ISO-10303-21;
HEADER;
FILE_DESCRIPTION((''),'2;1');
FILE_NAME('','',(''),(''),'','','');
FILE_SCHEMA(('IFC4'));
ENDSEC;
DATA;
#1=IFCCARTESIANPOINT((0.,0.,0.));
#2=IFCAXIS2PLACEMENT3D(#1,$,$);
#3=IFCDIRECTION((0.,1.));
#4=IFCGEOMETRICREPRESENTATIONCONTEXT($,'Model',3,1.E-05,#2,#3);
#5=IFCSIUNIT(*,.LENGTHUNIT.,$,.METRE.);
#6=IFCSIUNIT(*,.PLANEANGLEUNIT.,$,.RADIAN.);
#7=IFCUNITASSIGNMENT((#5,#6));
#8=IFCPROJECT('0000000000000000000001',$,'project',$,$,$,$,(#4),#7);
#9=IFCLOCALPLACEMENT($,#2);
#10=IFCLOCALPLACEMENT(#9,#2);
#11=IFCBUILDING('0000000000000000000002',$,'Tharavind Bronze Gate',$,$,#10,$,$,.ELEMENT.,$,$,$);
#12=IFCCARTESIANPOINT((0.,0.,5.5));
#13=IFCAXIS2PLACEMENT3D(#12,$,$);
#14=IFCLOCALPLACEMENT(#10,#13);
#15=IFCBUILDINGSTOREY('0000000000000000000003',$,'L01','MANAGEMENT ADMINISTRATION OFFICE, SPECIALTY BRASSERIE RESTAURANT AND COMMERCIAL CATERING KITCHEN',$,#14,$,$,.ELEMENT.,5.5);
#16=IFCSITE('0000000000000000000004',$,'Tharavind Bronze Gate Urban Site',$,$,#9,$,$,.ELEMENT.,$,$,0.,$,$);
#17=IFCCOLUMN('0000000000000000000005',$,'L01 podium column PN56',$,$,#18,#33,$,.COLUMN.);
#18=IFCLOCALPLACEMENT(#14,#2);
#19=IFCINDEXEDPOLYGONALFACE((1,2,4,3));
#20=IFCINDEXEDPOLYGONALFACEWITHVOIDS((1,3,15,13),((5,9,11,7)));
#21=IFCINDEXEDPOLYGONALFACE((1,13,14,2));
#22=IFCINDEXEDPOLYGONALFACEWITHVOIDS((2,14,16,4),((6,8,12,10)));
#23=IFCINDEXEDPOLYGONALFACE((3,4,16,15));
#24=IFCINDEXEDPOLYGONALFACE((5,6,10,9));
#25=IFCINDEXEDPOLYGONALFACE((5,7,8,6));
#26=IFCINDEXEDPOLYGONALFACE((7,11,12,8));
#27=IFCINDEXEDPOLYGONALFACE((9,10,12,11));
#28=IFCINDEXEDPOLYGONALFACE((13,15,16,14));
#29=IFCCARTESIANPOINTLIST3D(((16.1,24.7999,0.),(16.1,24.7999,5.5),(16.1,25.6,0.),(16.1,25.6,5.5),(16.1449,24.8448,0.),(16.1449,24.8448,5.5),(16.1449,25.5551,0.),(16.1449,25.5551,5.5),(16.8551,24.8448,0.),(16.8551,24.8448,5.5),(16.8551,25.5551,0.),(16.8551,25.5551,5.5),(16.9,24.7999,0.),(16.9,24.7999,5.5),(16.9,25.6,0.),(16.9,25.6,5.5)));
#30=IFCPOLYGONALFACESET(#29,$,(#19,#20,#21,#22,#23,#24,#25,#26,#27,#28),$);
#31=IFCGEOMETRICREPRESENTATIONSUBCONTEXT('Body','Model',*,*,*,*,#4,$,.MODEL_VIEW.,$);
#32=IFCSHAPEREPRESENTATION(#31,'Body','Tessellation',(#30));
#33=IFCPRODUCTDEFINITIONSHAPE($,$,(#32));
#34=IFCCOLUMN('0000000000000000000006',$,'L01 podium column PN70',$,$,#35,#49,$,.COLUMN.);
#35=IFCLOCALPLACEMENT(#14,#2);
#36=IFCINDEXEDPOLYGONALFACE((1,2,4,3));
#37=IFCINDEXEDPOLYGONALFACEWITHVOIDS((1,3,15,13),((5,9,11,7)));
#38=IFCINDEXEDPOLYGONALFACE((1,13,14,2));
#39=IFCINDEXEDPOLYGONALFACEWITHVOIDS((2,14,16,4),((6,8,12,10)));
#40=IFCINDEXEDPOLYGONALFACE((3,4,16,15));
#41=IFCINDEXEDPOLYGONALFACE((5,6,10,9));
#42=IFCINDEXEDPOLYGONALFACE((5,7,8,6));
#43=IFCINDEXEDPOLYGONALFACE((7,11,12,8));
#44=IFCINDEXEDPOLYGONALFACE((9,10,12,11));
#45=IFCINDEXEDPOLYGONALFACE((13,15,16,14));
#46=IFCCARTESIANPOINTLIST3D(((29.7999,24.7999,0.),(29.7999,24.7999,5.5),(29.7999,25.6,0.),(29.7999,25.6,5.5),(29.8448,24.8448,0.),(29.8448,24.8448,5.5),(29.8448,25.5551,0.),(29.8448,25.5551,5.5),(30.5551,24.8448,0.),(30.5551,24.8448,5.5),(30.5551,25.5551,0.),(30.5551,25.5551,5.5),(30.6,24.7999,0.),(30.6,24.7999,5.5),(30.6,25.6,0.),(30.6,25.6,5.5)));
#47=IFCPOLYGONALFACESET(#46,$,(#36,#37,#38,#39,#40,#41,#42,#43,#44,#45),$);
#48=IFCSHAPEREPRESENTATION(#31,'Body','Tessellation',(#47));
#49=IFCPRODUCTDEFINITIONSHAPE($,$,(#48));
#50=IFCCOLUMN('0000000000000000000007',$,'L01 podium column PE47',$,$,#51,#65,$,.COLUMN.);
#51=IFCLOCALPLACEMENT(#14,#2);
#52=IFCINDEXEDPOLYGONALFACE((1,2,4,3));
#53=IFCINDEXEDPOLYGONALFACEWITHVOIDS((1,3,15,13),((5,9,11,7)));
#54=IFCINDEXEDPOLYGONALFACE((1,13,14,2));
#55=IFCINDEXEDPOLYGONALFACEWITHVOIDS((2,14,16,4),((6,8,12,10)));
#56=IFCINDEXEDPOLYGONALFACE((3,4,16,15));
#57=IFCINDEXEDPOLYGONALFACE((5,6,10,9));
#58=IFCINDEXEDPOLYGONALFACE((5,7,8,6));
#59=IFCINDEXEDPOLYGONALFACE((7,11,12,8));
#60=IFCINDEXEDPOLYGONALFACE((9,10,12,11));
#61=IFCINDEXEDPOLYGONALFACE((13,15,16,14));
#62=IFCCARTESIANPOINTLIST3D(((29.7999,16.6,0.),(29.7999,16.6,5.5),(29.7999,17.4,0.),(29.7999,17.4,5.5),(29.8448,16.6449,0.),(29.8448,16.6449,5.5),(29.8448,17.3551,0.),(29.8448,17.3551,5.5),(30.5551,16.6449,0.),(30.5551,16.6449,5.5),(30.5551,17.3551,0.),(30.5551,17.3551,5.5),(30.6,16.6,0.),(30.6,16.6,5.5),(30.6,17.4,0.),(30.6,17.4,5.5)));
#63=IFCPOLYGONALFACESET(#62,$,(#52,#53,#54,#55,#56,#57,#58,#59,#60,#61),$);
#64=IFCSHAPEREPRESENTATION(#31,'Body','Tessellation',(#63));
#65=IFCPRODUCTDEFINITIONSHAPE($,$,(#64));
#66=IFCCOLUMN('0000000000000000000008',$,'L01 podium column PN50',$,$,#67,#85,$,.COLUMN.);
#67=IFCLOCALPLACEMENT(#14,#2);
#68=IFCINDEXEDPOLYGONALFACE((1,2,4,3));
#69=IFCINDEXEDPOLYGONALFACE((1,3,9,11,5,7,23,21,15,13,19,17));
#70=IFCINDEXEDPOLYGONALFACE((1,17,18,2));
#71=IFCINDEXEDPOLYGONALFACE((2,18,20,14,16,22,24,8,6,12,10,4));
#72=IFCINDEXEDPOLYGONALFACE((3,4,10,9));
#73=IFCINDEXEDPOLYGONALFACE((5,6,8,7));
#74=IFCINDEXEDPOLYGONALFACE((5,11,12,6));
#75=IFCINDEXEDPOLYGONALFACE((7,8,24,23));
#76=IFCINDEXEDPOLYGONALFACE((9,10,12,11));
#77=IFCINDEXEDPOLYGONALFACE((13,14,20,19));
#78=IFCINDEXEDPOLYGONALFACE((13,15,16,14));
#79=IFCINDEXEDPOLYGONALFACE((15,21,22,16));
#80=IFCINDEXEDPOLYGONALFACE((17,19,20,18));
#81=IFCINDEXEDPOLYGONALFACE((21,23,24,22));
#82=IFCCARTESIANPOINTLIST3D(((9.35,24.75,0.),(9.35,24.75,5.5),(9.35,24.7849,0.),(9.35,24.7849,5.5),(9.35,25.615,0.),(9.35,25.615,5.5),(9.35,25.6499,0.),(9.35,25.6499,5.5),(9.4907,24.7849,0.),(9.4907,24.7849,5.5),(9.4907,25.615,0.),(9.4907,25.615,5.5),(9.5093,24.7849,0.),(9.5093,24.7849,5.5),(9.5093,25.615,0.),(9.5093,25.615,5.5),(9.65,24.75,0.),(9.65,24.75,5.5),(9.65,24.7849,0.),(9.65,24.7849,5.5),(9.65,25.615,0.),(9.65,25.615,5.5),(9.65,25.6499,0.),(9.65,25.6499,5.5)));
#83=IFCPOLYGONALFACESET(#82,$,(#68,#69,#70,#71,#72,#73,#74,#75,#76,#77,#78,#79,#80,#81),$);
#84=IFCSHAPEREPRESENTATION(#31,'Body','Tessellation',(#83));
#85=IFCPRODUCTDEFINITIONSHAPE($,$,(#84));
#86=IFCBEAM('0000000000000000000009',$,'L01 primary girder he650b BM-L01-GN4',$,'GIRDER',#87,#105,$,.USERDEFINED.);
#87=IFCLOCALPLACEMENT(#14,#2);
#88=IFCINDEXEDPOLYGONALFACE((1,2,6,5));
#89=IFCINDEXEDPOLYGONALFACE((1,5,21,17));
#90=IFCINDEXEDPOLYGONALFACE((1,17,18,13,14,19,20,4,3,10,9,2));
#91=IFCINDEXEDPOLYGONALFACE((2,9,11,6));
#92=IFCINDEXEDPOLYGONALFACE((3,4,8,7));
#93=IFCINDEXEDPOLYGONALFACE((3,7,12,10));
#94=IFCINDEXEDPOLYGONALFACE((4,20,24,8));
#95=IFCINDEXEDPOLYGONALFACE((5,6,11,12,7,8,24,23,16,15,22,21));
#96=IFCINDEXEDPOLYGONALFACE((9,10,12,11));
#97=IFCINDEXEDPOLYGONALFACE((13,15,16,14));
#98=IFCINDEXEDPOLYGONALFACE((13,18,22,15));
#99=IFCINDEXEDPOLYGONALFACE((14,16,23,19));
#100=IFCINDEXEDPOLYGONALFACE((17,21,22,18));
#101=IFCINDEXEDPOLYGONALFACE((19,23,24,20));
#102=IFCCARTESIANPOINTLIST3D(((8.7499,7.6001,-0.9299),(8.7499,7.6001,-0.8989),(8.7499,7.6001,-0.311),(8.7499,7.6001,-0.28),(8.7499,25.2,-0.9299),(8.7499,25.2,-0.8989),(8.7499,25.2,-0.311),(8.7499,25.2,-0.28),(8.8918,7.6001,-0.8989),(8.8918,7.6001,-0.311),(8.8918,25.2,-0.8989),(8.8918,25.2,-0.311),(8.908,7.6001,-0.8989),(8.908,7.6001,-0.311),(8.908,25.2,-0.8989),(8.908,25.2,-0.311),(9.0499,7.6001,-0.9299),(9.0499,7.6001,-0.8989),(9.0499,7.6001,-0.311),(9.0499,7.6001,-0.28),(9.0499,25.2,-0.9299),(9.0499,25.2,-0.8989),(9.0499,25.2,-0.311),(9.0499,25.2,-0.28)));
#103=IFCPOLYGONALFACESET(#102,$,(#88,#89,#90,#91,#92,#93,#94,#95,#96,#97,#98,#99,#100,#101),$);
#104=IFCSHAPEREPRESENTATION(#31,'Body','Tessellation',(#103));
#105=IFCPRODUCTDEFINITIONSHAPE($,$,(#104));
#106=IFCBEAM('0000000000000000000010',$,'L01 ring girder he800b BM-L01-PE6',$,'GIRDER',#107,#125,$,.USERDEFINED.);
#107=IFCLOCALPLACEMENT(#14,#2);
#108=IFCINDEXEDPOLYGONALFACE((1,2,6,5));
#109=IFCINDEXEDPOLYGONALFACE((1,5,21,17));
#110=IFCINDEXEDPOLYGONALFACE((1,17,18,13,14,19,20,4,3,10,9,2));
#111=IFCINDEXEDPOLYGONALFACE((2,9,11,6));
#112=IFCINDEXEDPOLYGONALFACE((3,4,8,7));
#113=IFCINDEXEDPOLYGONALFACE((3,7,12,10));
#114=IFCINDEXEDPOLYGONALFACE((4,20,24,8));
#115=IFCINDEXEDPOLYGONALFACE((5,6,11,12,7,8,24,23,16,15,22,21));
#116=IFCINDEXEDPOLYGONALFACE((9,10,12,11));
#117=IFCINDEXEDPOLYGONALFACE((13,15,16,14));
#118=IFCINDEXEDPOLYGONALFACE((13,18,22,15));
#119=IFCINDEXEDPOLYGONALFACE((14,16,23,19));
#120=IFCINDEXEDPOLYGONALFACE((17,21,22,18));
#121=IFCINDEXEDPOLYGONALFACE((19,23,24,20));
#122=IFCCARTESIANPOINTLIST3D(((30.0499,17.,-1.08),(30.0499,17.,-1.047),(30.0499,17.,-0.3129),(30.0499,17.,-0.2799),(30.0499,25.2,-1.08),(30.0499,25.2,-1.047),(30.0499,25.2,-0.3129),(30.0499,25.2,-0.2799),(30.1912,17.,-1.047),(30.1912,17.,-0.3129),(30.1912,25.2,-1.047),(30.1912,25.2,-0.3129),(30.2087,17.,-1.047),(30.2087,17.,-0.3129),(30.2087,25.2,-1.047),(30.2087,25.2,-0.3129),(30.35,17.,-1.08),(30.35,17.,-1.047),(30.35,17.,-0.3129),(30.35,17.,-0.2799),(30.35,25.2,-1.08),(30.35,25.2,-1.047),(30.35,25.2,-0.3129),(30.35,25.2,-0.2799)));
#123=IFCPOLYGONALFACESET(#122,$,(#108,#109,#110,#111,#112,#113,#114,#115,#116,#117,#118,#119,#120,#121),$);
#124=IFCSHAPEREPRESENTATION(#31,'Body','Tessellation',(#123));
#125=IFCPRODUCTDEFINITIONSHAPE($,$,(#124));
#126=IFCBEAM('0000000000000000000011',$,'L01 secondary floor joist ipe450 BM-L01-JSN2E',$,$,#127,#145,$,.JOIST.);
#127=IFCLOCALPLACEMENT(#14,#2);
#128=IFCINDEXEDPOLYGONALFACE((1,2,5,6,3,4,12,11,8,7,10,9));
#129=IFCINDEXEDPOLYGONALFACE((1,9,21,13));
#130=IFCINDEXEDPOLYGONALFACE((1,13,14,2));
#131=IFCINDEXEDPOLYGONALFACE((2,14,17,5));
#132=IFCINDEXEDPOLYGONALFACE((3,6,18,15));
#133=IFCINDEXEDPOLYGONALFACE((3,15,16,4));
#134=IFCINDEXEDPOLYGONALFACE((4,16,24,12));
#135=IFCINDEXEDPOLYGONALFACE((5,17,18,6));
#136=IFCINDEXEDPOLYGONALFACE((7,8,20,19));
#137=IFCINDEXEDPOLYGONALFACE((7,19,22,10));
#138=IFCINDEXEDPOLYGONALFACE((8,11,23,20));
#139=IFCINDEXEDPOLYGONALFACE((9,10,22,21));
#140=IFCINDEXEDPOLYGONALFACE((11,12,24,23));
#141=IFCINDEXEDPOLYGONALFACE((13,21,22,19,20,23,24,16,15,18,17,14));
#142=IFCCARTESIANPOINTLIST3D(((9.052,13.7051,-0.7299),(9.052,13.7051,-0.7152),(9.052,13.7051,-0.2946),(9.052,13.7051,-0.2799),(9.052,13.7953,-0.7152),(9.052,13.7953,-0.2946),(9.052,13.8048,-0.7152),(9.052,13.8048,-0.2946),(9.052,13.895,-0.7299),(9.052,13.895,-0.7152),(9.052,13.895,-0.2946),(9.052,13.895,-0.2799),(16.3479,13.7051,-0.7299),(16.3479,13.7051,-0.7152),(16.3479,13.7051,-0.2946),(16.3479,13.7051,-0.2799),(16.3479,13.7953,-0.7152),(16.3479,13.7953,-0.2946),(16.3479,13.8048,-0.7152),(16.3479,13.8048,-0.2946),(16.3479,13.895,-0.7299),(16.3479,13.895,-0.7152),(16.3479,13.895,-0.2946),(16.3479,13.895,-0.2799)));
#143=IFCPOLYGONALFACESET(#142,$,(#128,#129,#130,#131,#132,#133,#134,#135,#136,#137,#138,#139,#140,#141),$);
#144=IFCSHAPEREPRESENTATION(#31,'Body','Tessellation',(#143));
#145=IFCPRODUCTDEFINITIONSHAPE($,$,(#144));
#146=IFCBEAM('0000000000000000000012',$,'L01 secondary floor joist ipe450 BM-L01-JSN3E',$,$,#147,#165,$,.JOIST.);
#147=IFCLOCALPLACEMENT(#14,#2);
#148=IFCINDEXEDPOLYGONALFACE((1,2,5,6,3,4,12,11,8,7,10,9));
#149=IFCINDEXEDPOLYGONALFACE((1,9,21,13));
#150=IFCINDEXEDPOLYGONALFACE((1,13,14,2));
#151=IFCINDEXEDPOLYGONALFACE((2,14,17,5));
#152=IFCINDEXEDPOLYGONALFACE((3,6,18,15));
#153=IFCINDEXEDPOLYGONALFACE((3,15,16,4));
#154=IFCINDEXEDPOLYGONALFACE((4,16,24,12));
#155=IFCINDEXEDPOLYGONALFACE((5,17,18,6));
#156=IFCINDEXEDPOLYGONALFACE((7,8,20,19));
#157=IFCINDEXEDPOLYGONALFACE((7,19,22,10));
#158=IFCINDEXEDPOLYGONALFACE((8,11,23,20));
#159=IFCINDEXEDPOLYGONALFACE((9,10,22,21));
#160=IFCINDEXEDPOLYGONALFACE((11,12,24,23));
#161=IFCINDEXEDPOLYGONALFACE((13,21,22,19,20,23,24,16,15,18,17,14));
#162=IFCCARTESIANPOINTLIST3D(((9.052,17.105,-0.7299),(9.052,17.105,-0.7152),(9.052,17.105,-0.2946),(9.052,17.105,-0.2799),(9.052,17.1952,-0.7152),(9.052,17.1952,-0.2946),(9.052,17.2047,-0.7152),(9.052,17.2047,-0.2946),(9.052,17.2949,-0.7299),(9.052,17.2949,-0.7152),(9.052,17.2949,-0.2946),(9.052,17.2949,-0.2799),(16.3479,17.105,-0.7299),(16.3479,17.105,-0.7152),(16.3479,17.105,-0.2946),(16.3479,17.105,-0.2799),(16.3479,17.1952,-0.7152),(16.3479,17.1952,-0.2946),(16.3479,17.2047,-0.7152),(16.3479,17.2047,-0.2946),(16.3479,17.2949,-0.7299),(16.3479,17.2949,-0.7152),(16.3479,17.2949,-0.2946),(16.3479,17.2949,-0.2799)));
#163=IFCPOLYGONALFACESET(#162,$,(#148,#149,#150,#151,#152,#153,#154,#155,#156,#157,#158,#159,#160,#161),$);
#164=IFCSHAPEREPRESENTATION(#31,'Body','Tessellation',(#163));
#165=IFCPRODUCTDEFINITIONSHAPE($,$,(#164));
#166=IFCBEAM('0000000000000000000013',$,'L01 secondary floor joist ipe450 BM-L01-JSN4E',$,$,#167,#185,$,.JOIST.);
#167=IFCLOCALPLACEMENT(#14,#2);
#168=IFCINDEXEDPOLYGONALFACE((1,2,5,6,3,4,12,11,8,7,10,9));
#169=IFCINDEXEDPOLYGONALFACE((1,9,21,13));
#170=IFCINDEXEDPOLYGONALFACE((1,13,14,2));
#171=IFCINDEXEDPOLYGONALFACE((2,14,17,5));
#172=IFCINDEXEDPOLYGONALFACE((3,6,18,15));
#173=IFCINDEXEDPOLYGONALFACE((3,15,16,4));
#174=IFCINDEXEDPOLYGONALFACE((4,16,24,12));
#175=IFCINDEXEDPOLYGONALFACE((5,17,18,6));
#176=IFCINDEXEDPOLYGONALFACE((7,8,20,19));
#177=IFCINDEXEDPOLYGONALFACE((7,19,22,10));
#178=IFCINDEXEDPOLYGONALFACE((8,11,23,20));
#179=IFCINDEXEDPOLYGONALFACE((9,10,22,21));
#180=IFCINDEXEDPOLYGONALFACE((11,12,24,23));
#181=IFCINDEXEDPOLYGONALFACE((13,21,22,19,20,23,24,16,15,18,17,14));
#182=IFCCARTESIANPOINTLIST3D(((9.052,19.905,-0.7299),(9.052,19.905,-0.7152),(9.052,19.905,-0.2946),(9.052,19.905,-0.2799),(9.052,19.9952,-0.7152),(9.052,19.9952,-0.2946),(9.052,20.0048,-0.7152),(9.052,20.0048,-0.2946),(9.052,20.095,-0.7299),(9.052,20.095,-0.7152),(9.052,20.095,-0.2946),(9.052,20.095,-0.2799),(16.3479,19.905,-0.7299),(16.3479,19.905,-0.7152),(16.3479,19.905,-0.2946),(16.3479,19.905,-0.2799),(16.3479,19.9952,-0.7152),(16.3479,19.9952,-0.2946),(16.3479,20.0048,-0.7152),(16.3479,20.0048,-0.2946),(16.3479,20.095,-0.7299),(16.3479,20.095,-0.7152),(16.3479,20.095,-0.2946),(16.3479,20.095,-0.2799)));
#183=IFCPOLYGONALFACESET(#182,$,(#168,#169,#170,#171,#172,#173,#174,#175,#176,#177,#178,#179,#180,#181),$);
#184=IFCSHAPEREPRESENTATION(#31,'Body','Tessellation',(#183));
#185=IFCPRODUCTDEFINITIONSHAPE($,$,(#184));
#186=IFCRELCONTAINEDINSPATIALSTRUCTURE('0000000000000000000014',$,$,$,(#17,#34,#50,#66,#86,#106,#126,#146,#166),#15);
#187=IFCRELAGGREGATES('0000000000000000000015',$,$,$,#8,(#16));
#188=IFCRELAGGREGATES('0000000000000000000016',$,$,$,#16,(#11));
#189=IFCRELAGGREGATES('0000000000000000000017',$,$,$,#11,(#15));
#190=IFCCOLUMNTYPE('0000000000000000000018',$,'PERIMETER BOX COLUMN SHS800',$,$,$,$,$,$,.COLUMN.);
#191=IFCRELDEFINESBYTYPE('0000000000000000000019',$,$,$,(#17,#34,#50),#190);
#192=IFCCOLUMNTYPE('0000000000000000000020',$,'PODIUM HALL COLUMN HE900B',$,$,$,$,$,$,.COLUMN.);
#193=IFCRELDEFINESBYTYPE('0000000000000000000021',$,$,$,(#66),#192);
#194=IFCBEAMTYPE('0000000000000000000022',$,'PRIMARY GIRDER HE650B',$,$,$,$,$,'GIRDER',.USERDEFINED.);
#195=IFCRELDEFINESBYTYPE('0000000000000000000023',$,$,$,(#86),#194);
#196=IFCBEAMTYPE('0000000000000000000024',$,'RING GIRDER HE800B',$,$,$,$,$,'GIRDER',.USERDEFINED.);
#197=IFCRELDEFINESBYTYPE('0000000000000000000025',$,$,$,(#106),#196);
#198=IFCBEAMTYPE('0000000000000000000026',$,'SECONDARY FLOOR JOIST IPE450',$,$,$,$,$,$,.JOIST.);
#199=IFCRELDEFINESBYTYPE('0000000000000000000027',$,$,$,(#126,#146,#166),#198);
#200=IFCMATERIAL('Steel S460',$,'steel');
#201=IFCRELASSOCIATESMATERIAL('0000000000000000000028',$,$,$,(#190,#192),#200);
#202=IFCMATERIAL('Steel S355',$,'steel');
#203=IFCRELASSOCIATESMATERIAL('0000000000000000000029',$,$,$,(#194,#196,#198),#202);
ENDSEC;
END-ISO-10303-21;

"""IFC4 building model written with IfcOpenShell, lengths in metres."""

from ifc_helpers import new_model, si_unit, direction, frame, origin, origin_2d, place, context, subcontext, project, spatial, hollow_rectangle, i_section, extrude, material, material_profile, profile_set, type_object, element, save


model = new_model("IFC4")

# Units and contexts
model_context = context("Model", 3, precision=1e-05, world=origin(), true_north=direction((0.0, 1.0)))
body_context = subcontext(model_context, "Body", "Model", "MODEL_VIEW")
ifc_project = project(units=[si_unit("LENGTHUNIT", "METRE"), si_unit("PLANEANGLEUNIT", "RADIAN")], contexts=[model_context])

# Site, building, storey
site_placement = place(None, origin())
site = spatial("IfcSite", under=ifc_project, at=site_placement, Name="Tharavind Bronze Gate Urban Site", CompositionType="ELEMENT", RefElevation=0.0)
building_placement = place(site_placement, origin())
building = spatial("IfcBuilding", under=site, at=building_placement, Name="Tharavind Bronze Gate", CompositionType="ELEMENT")
storey_placement = place(building_placement, frame((0.0, 0.0, 5.5)))
storey = spatial("IfcBuildingStorey", under=building, at=storey_placement, Name="L01", Description="MANAGEMENT ADMINISTRATION OFFICE, SPECIALTY BRASSERIE RESTAURANT AND COMMERCIAL CATERING KITCHEN", CompositionType="ELEMENT", Elevation=5.5)

# Columns
ifc_material_1 = material(Name="Steel S460", Category="steel")
ifc_material_profile_1 = material_profile(ifc_material_1, hollow_rectangle(XDim=0.8, YDim=0.8, WallThickness=0.0449, at=origin_2d()), Name="SHS800X45")
ifc_profile_set_1 = profile_set([ifc_material_profile_1], Name="Steel S460")
column_type_1 = type_object("IfcColumnType", Name="PERIMETER BOX COLUMN SHS800", PredefinedType="COLUMN", material=ifc_profile_set_1)
for number, where, z_axis, x_axis, name in (
    (1, (16.5, 25.2, 0.0), (0.0, 0.0, 1.0), (1.0, 0.0, 0.0), "L01 podium column PN56"),
    (2, (30.2, 25.2, 0.0), (0.0, 0.0, 1.0), (1.0, 0.0, 0.0), "L01 podium column PN70"),
    (3, (30.2, 17.0, 0.0), (0.0, 0.0, 1.0), (1.0, 0.0, 0.0), "L01 podium column PE47"),
):
    element("IfcColumn", number, at=place(storey_placement, frame(where, z_axis=z_axis, x_axis=x_axis)), inside=storey, type_object=column_type_1, Name=name, PredefinedType="COLUMN", context=body_context, shape_type="SweptSolid", body=[
        extrude(hollow_rectangle(XDim=0.8, YDim=0.8, WallThickness=0.0449, at=origin_2d()), origin(), (0.0, 0.0, 1.0), 5.5),
    ])
ifc_material_profile_2 = material_profile(ifc_material_1, i_section(OverallWidth=0.3, OverallDepth=0.8999, WebThickness=0.0186, FlangeThickness=0.0349, at=origin_2d()), Name="HE900B")
ifc_profile_set_2 = profile_set([ifc_material_profile_2], Name="Steel S460")
column_type_2 = type_object("IfcColumnType", Name="PODIUM HALL COLUMN HE900B", PredefinedType="COLUMN", material=ifc_profile_set_2)
column_placement = place(storey_placement, frame((9.5, 25.2, 0.0), z_axis=(0.0, 0.0, 1.0), x_axis=(1.0, 0.0, 0.0)))
element("IfcColumn", 4, at=column_placement, inside=storey, type_object=column_type_2, Name="L01 podium column PN50", PredefinedType="COLUMN", context=body_context, shape_type="SweptSolid", body=[
    extrude(i_section(OverallWidth=0.3, OverallDepth=0.8999, WebThickness=0.0186, FlangeThickness=0.0349, at=origin_2d()), origin(), (0.0, 0.0, 1.0), 5.5),
])

# Beams
ifc_material_2 = material(Name="Steel S355", Category="steel")
ifc_material_profile_3 = material_profile(ifc_material_2, i_section(OverallWidth=0.3, OverallDepth=0.6499, WebThickness=0.0161, FlangeThickness=0.031, at=origin_2d()), Name="HE650B")
ifc_profile_set_3 = profile_set([ifc_material_profile_3], Name="Steel S355")
beam_type_1 = type_object("IfcBeamType", Name="PRIMARY GIRDER HE650B", ElementType="GIRDER", PredefinedType="USERDEFINED", material=ifc_profile_set_3)
beam_1_placement = place(storey_placement, frame((8.8999, 25.2, -0.605), z_axis=(0.0, -1.0, 0.0), x_axis=(1.0, 0.0, 0.0)))
element("IfcBeam", 5, at=beam_1_placement, inside=storey, type_object=beam_type_1, Name="L01 primary girder he650b BM-L01-GN4", ObjectType="GIRDER", PredefinedType="USERDEFINED", context=body_context, shape_type="SweptSolid", body=[
    extrude(i_section(OverallWidth=0.3, OverallDepth=0.6499, WebThickness=0.0161, FlangeThickness=0.031, at=origin_2d()), origin(), (0.0, 0.0, 1.0), 17.5999),
])
ifc_material_profile_4 = material_profile(ifc_material_2, i_section(OverallWidth=0.3, OverallDepth=0.8, WebThickness=0.0176, FlangeThickness=0.033, at=origin_2d()), Name="HE800B")
ifc_profile_set_4 = profile_set([ifc_material_profile_4], Name="Steel S355")
beam_type_2 = type_object("IfcBeamType", Name="RING GIRDER HE800B", ElementType="GIRDER", PredefinedType="USERDEFINED", material=ifc_profile_set_4)
beam_2_placement = place(storey_placement, frame((30.2, 17.0, -0.6799), z_axis=(0.0, 1.0, 0.0), x_axis=(-1.0, 0.0, 0.0)))
element("IfcBeam", 6, at=beam_2_placement, inside=storey, type_object=beam_type_2, Name="L01 ring girder he800b BM-L01-PE6", ObjectType="GIRDER", PredefinedType="USERDEFINED", context=body_context, shape_type="SweptSolid", body=[
    extrude(i_section(OverallWidth=0.3, OverallDepth=0.8, WebThickness=0.0176, FlangeThickness=0.033, at=origin_2d()), origin(), (0.0, 0.0, 1.0), 8.2),
])
ifc_material_profile_5 = material_profile(ifc_material_2, i_section(OverallWidth=0.1899, OverallDepth=0.45, WebThickness=0.0095, FlangeThickness=0.0146, at=origin_2d()), Name="IPE450")
ifc_profile_set_5 = profile_set([ifc_material_profile_5], Name="Steel S355")
beam_type_3 = type_object("IfcBeamType", Name="SECONDARY FLOOR JOIST IPE450", PredefinedType="JOIST", material=ifc_profile_set_5)
for number, where, z_axis, x_axis, name in (
    (7, (9.052, 13.8, -0.5049), (1.0, 0.0, 0.0), (0.0, 1.0, 0.0), "L01 secondary floor joist ipe450 BM-L01-JSN2E"),
    (8, (9.052, 17.2, -0.5049), (1.0, 0.0, 0.0), (0.0, 1.0, 0.0), "L01 secondary floor joist ipe450 BM-L01-JSN3E"),
    (9, (9.052, 20.0, -0.5049), (1.0, 0.0, 0.0), (0.0, 1.0, 0.0), "L01 secondary floor joist ipe450 BM-L01-JSN4E"),
):
    element("IfcBeam", number, at=place(storey_placement, frame(where, z_axis=z_axis, x_axis=x_axis)), inside=storey, type_object=beam_type_3, Name=name, PredefinedType="JOIST", context=body_context, shape_type="SweptSolid", body=[
        extrude(i_section(OverallWidth=0.1899, OverallDepth=0.45, WebThickness=0.0095, FlangeThickness=0.0146, at=origin_2d()), origin(), (0.0, 0.0, 1.0), 7.2959),
    ])

save(model, "model.ifc")
